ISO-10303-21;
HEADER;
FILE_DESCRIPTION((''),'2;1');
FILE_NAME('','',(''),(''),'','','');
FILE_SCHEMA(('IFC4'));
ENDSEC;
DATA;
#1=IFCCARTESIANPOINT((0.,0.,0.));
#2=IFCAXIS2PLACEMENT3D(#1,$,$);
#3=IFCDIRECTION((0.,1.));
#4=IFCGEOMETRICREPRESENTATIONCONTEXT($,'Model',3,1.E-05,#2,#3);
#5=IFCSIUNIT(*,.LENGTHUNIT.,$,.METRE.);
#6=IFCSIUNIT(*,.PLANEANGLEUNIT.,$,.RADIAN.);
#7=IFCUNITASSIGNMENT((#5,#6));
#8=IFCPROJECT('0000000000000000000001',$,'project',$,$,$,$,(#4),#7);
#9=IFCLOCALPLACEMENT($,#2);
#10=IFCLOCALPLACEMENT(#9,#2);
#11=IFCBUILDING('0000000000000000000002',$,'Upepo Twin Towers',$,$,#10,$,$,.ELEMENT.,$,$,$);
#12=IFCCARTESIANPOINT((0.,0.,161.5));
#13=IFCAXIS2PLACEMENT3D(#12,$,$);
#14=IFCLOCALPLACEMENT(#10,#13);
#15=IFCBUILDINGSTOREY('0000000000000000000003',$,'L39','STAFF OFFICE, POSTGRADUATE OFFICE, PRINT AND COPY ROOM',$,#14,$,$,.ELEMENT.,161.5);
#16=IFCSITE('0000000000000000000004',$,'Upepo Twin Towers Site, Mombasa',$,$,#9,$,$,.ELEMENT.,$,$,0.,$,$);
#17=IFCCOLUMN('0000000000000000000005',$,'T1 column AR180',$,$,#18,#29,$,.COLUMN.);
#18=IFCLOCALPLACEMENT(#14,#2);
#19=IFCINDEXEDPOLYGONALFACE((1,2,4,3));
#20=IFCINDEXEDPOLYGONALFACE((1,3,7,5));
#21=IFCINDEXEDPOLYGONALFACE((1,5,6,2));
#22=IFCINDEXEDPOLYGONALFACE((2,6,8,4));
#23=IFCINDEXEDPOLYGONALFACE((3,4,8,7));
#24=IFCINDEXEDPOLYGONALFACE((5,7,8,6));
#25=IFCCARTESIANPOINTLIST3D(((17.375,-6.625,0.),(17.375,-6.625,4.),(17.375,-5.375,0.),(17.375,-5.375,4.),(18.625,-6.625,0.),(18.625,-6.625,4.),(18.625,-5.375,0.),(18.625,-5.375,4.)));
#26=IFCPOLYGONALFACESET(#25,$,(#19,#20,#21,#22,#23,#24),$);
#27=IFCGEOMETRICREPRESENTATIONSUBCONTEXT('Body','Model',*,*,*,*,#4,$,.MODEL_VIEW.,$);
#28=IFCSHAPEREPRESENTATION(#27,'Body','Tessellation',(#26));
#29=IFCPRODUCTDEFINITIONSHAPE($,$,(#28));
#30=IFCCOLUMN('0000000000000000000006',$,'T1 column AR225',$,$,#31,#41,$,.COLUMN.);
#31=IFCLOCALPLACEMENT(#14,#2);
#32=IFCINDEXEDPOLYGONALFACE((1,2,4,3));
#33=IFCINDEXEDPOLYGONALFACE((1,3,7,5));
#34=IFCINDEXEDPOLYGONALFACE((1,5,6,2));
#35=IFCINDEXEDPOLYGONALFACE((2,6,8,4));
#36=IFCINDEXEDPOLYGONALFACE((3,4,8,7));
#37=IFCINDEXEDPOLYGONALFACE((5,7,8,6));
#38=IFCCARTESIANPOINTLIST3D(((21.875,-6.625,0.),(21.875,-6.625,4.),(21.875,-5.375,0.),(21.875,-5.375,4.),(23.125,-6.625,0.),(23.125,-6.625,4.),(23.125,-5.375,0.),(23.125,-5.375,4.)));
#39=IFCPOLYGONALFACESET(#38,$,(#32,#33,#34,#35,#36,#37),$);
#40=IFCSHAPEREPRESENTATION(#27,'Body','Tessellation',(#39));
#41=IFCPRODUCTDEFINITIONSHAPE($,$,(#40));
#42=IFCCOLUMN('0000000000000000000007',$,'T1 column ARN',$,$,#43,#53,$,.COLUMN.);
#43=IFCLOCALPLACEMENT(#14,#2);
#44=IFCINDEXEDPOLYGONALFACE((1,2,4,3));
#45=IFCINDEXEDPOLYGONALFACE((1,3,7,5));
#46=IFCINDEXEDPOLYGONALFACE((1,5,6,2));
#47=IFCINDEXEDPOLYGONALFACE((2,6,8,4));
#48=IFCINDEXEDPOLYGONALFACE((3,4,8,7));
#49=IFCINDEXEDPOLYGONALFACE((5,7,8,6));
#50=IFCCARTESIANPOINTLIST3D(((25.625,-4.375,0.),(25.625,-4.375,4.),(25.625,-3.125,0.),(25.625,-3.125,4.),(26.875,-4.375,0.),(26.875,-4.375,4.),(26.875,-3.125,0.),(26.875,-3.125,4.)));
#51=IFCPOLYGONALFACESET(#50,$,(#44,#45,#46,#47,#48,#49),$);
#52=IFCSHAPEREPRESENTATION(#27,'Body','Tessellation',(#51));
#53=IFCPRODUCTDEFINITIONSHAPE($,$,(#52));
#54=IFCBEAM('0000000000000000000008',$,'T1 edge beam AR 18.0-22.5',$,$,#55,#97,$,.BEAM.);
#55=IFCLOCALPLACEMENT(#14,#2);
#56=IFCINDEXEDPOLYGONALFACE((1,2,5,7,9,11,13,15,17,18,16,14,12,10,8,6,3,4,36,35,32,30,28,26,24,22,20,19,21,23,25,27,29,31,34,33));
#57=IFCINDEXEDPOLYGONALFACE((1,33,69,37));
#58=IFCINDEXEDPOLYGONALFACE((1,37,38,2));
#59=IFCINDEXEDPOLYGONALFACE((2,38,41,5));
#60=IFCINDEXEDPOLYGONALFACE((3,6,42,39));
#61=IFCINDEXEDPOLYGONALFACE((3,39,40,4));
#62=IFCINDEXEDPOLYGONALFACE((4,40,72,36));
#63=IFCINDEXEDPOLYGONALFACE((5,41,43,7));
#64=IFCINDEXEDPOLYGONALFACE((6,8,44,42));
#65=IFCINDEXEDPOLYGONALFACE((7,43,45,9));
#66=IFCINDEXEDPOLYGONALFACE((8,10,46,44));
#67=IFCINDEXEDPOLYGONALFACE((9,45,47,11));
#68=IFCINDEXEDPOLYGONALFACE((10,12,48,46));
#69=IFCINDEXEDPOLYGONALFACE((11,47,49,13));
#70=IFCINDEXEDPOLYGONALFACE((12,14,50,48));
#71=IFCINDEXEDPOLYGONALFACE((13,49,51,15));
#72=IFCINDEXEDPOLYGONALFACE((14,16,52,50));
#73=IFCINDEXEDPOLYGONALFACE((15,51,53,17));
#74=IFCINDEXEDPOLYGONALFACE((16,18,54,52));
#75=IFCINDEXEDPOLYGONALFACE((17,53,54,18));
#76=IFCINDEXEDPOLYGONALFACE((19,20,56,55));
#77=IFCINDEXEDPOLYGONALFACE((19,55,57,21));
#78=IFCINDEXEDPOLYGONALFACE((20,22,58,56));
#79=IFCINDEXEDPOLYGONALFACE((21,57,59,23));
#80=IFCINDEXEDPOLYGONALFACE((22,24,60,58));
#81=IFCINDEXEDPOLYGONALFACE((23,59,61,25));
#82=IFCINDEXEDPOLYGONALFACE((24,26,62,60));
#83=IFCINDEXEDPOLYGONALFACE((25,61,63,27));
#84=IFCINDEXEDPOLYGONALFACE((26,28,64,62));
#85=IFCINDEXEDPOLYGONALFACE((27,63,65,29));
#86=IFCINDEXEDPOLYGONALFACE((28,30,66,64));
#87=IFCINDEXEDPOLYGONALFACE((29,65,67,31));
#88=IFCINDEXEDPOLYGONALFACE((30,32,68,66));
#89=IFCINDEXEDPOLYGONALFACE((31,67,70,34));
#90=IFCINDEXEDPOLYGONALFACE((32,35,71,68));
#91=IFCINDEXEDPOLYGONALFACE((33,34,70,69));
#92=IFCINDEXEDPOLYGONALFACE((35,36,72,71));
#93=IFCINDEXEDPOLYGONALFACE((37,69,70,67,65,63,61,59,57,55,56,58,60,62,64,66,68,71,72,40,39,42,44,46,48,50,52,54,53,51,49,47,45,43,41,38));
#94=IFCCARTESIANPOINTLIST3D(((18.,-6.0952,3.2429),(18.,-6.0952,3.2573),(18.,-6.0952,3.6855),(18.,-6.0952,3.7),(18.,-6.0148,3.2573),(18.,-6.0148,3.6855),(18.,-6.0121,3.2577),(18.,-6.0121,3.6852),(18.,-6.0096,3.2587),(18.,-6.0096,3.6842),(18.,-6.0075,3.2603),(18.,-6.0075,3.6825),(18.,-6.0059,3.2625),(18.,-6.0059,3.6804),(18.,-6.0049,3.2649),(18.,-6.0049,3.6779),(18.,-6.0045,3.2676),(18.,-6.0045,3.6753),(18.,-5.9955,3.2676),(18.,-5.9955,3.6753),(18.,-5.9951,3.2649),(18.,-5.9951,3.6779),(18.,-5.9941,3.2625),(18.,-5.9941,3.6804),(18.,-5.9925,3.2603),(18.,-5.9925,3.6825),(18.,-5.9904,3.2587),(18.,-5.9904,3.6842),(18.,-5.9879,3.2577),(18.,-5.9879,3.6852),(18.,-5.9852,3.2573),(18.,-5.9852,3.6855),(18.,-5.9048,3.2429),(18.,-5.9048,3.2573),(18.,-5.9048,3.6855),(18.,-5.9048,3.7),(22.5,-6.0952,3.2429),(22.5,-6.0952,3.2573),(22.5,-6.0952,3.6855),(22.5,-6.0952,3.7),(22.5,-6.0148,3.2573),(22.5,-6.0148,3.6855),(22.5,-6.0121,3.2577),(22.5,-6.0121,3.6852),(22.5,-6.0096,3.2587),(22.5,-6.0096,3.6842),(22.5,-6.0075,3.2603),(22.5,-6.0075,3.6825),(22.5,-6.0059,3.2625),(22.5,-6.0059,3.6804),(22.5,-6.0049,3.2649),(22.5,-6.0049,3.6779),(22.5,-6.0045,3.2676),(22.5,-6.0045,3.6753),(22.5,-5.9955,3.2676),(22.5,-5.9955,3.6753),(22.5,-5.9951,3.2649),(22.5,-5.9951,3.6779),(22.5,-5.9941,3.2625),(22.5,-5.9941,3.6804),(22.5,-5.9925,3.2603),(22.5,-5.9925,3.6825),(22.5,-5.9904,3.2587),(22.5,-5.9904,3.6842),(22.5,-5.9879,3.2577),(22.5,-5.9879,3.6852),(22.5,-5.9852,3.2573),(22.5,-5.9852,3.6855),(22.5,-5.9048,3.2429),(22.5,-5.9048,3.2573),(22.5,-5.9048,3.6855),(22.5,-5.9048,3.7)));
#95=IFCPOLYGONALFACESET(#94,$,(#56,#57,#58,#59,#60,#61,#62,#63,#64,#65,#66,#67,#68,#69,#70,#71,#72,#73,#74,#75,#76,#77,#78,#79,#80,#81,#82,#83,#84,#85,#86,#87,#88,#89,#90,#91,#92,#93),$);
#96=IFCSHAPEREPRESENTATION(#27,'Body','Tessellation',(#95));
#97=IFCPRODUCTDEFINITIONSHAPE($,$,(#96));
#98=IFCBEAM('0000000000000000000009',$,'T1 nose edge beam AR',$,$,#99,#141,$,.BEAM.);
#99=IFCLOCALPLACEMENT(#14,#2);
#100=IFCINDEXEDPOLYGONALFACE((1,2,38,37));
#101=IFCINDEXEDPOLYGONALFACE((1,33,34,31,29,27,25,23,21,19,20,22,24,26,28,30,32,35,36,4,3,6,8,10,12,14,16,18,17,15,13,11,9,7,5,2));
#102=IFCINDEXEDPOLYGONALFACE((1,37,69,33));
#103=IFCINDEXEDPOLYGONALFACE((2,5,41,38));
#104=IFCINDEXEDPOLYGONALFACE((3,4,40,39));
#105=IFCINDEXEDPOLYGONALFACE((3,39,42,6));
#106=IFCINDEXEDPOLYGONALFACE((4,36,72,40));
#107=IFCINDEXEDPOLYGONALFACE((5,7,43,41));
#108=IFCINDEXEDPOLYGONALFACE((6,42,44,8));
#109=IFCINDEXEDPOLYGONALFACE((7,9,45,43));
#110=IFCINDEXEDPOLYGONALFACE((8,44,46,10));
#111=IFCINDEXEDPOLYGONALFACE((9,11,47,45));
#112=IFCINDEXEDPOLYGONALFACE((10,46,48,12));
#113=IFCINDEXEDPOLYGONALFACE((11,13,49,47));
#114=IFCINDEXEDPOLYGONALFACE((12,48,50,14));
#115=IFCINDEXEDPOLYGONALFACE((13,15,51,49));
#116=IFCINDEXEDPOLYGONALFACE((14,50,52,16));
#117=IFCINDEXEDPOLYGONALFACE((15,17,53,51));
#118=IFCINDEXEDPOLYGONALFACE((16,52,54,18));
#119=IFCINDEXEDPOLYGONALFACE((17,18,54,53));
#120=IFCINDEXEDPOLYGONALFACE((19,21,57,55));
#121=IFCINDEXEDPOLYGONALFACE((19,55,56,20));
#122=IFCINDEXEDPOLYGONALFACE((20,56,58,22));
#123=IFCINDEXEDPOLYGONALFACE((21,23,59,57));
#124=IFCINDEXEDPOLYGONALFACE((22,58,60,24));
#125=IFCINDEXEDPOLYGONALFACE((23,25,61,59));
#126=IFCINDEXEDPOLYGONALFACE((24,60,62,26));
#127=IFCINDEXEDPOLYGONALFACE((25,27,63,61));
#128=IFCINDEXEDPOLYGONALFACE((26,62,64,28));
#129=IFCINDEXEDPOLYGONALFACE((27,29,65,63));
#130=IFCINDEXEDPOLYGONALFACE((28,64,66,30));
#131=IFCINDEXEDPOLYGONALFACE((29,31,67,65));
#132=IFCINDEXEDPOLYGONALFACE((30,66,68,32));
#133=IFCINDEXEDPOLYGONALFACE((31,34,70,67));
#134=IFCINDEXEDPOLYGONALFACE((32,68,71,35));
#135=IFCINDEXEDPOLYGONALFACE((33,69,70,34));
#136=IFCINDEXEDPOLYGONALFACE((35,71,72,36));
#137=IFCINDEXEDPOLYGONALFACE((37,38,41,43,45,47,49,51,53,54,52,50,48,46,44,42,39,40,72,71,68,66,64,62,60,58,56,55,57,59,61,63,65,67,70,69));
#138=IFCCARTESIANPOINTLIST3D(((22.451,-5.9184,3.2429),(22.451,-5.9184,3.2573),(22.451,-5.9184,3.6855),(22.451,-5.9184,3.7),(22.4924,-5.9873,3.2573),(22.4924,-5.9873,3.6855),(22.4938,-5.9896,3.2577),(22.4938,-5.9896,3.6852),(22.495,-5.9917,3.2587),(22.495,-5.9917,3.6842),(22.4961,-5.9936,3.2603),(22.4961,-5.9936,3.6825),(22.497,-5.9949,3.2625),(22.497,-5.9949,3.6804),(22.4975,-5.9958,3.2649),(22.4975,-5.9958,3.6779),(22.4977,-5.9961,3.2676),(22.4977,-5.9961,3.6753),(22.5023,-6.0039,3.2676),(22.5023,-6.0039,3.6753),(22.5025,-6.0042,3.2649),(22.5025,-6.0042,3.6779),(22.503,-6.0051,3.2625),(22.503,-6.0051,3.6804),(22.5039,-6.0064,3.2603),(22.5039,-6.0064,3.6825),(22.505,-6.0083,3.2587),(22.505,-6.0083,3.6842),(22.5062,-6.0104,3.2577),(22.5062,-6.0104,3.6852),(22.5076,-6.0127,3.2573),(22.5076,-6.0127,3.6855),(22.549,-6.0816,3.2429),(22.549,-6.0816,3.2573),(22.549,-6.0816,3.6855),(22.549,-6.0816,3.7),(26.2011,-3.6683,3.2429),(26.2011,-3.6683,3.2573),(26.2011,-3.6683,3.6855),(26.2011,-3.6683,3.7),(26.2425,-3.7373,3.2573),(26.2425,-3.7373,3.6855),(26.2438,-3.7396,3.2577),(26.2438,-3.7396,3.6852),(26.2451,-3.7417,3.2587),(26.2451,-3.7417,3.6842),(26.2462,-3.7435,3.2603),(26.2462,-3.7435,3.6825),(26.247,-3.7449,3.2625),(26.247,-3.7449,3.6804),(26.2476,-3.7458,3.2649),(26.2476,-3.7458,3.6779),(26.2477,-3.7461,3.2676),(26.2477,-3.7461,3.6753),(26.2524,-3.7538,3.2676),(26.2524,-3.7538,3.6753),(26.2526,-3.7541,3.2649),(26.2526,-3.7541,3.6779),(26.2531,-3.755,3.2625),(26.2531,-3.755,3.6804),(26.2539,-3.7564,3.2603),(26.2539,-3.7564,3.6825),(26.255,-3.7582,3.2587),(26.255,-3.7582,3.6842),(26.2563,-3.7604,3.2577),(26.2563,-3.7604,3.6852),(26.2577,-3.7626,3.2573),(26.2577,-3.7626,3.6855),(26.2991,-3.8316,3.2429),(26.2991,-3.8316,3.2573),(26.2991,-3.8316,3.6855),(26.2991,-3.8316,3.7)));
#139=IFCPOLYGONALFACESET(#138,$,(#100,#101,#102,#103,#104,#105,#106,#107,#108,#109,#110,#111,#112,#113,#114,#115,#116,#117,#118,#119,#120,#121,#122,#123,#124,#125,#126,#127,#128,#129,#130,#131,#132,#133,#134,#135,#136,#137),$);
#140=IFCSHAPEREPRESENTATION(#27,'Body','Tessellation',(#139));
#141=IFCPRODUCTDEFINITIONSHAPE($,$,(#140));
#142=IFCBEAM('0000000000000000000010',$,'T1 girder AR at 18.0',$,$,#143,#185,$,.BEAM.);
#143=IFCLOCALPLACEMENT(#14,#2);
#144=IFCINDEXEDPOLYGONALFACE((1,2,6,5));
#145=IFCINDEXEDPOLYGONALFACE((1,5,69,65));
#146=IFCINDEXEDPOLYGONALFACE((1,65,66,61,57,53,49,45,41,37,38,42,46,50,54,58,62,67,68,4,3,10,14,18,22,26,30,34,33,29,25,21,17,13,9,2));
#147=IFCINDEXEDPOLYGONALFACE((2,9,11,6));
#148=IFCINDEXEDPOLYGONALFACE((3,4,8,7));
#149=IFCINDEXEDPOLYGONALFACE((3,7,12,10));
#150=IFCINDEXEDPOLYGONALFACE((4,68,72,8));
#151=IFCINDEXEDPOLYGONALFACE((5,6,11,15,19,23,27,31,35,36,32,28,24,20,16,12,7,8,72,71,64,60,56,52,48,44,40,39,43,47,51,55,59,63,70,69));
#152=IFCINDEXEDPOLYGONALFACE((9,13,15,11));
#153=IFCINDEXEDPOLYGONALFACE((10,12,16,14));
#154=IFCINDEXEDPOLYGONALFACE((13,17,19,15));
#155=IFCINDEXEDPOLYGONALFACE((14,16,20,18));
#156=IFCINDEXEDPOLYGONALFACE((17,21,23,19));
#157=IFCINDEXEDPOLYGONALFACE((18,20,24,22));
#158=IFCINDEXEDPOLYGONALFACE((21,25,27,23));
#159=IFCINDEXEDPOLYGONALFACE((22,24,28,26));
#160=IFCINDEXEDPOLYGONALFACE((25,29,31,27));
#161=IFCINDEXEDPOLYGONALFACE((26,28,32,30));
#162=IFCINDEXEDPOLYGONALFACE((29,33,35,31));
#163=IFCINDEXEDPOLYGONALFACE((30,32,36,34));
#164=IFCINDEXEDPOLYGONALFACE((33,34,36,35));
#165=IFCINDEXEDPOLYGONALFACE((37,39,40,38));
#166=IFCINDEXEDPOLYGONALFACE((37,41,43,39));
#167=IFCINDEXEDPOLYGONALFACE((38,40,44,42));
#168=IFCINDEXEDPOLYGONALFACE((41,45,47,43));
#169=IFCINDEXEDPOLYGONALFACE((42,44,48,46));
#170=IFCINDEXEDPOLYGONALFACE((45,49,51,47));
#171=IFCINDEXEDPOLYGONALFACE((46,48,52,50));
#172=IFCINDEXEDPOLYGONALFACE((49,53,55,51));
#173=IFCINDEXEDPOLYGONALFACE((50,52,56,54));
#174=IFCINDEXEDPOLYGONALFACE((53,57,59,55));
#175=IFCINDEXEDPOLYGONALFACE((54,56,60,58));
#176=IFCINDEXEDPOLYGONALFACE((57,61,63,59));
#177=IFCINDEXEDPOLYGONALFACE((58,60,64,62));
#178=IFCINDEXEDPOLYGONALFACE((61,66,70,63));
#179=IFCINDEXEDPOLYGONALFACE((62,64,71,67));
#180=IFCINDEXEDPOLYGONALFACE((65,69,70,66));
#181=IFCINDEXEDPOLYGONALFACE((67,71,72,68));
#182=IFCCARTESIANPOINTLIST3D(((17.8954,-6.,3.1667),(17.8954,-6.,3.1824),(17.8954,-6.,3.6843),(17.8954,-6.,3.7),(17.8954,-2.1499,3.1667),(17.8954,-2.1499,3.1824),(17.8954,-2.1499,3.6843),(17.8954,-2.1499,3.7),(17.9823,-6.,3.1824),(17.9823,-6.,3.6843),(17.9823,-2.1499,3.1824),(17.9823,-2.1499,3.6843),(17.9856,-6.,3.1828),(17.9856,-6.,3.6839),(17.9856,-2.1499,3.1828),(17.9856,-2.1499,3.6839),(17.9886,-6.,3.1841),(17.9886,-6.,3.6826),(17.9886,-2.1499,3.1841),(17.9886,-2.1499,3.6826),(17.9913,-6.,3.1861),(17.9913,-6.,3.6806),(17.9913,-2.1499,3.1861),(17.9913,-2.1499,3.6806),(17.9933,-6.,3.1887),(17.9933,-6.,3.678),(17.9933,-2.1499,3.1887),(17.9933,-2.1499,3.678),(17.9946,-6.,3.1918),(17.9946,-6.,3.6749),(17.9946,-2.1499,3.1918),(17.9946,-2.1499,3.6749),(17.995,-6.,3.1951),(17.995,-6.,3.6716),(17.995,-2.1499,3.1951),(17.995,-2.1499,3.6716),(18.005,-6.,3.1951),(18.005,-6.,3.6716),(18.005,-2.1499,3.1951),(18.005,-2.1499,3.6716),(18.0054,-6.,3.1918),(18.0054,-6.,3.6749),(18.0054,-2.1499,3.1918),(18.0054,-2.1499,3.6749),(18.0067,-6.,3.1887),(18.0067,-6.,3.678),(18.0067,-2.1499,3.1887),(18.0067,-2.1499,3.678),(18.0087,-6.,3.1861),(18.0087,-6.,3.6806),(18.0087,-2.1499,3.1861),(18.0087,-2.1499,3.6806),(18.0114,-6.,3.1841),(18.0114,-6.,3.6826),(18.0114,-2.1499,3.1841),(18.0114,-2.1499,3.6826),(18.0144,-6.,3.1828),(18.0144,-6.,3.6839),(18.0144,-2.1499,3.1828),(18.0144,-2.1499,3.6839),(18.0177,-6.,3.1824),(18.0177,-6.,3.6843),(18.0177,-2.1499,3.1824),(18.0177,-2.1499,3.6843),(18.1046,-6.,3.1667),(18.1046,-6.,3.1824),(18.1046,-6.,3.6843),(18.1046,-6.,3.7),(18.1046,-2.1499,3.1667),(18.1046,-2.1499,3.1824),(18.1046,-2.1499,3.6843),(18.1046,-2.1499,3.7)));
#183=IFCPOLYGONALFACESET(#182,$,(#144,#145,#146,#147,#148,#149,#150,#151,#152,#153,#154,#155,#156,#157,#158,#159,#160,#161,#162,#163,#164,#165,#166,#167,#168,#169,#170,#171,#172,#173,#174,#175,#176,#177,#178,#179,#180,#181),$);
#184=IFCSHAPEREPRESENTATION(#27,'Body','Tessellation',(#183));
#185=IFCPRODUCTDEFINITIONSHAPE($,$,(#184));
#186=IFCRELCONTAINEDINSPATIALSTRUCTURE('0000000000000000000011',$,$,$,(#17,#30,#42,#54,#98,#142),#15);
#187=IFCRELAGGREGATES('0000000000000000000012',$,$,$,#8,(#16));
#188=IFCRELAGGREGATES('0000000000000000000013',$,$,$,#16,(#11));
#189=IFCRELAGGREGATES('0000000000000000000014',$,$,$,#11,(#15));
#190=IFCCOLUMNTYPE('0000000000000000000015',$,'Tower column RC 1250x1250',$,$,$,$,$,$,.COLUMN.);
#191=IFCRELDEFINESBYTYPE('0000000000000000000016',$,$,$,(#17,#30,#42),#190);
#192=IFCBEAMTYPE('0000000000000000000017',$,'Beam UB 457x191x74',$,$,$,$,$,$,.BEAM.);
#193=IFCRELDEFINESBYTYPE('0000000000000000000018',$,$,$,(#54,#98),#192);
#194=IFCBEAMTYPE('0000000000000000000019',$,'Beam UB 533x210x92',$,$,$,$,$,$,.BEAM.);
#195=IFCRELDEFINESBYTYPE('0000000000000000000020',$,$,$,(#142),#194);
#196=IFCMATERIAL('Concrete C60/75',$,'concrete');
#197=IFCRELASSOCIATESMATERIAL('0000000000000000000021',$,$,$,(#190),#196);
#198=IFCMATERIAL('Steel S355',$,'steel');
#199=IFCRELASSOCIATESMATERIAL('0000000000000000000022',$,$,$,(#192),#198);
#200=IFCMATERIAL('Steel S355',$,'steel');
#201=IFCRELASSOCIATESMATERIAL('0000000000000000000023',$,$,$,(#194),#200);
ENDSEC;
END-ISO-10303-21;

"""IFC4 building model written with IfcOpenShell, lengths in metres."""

from ifc_helpers import new_model, si_unit, direction, frame, origin, origin_2d, place, context, subcontext, project, spatial, rectangle, i_section, extrude, material, material_profile, profile_set, type_object, element, save


model = new_model("IFC4")

# Units and contexts
model_context = context("Model", 3, precision=1e-05, world=origin(), true_north=direction((0.0, 1.0)))
body_context = subcontext(model_context, "Body", "Model", "MODEL_VIEW")
ifc_project = project(units=[si_unit("LENGTHUNIT", "METRE"), si_unit("PLANEANGLEUNIT", "RADIAN")], contexts=[model_context])

# Site, building, storey
site_placement = place(None, origin())
site = spatial("IfcSite", under=ifc_project, at=site_placement, Name="Upepo Twin Towers Site, Mombasa", CompositionType="ELEMENT", RefElevation=0.0)
building_placement = place(site_placement, origin())
building = spatial("IfcBuilding", under=site, at=building_placement, Name="Upepo Twin Towers", CompositionType="ELEMENT")
storey_placement = place(building_placement, frame((0.0, 0.0, 161.5)))
storey = spatial("IfcBuildingStorey", under=building, at=storey_placement, Name="L39", Description="STAFF OFFICE, POSTGRADUATE OFFICE, PRINT AND COPY ROOM", CompositionType="ELEMENT", Elevation=161.5)

# Columns
ifc_material_1 = material(Name="Concrete C60/75", Category="concrete")
ifc_material_profile_1 = material_profile(ifc_material_1, rectangle(XDim=1.25, YDim=1.25, at=origin_2d()), Name="RC 1250x1250")
ifc_profile_set_1 = profile_set([ifc_material_profile_1], Name="Concrete C60/75")
column_type = type_object("IfcColumnType", Name="Tower column RC 1250x1250", PredefinedType="COLUMN", material=ifc_profile_set_1)
for number, where, z_axis, x_axis, name in (
    (1, (18.0, -6.0, 0.0), (0.0, 0.0, 1.0), (1.0, 0.0, 0.0), "T1 column AR180"),
    (2, (22.5, -6.0, 0.0), (0.0, 0.0, 1.0), (1.0, 0.0, 0.0), "T1 column AR225"),
    (3, (26.25, -3.75, 0.0), (0.0, 0.0, 1.0), (1.0, 0.0, 0.0), "T1 column ARN"),
):
    element("IfcColumn", number, at=place(storey_placement, frame(where, z_axis=z_axis, x_axis=x_axis)), inside=storey, type_object=column_type, Name=name, PredefinedType="COLUMN", context=body_context, shape_type="SweptSolid", body=[
        extrude(rectangle(XDim=1.25, YDim=1.25, at=origin_2d()), origin(), (0.0, 0.0, 1.0), 4.0),
    ])

# Beams
ifc_material_2 = material(Name="Steel S355", Category="steel")
ifc_material_profile_2 = material_profile(ifc_material_2, i_section(OverallWidth=0.1904, OverallDepth=0.457, WebThickness=0.009, FlangeThickness=0.0144, FilletRadius=0.0103, at=origin_2d()), Name="UB 457x191x74")
ifc_profile_set_2 = profile_set([ifc_material_profile_2], Name="Steel S355")
beam_type_1 = type_object("IfcBeamType", Name="Beam UB 457x191x74", PredefinedType="BEAM", material=ifc_profile_set_2)
beam_1_placement = place(storey_placement, frame((18.0, -6.0, 3.4714), z_axis=(1.0, 0.0, 0.0), x_axis=(0.0, 1.0, 0.0)))
element("IfcBeam", 4, at=beam_1_placement, inside=storey, type_object=beam_type_1, Name="T1 edge beam AR 18.0-22.5", PredefinedType="BEAM", context=body_context, shape_type="SweptSolid", body=[
    extrude(i_section(OverallWidth=0.1904, OverallDepth=0.457, WebThickness=0.009, FlangeThickness=0.0144, FilletRadius=0.0103, at=origin_2d()), origin(), (0.0, 0.0, 1.0), 4.5),
])
beam_2_placement = place(storey_placement, frame((22.5, -6.0, 3.4714), z_axis=(0.857493, 0.514496, 0.0), x_axis=(-0.514496, 0.857493, 0.0)))
element("IfcBeam", 5, at=beam_2_placement, inside=storey, type_object=beam_type_1, Name="T1 nose edge beam AR", PredefinedType="BEAM", context=body_context, shape_type="SweptSolid", body=[
    extrude(i_section(OverallWidth=0.1904, OverallDepth=0.457, WebThickness=0.009, FlangeThickness=0.0144, FilletRadius=0.0103, at=origin_2d()), origin(), (0.0, 0.0, 1.0), 4.3733),
])
ifc_material_3 = material(Name="Steel S355", Category="steel")
ifc_material_profile_3 = material_profile(ifc_material_3, i_section(OverallWidth=0.2092, OverallDepth=0.5332, WebThickness=0.01, FlangeThickness=0.0156, FilletRadius=0.0127, at=origin_2d()), Name="UB 533x210x92")
ifc_profile_set_3 = profile_set([ifc_material_profile_3], Name="Steel S355")
beam_type_2 = type_object("IfcBeamType", Name="Beam UB 533x210x92", PredefinedType="BEAM", material=ifc_profile_set_3)
for number, where, z_axis, x_axis, name in (
    (6, (18.0, -6.0, 3.4333), (0.0, 1.0, 0.0), (-1.0, 0.0, 0.0), "T1 girder AR at 18.0"),
):
    element("IfcBeam", number, at=place(storey_placement, frame(where, z_axis=z_axis, x_axis=x_axis)), inside=storey, type_object=beam_type_2, Name=name, PredefinedType="BEAM", context=body_context, shape_type="SweptSolid", body=[
        extrude(i_section(OverallWidth=0.2092, OverallDepth=0.5332, WebThickness=0.01, FlangeThickness=0.0156, FilletRadius=0.0127, at=origin_2d()), origin(), (0.0, 0.0, 1.0), 3.8501),
    ])

save(model, "model.ifc")
